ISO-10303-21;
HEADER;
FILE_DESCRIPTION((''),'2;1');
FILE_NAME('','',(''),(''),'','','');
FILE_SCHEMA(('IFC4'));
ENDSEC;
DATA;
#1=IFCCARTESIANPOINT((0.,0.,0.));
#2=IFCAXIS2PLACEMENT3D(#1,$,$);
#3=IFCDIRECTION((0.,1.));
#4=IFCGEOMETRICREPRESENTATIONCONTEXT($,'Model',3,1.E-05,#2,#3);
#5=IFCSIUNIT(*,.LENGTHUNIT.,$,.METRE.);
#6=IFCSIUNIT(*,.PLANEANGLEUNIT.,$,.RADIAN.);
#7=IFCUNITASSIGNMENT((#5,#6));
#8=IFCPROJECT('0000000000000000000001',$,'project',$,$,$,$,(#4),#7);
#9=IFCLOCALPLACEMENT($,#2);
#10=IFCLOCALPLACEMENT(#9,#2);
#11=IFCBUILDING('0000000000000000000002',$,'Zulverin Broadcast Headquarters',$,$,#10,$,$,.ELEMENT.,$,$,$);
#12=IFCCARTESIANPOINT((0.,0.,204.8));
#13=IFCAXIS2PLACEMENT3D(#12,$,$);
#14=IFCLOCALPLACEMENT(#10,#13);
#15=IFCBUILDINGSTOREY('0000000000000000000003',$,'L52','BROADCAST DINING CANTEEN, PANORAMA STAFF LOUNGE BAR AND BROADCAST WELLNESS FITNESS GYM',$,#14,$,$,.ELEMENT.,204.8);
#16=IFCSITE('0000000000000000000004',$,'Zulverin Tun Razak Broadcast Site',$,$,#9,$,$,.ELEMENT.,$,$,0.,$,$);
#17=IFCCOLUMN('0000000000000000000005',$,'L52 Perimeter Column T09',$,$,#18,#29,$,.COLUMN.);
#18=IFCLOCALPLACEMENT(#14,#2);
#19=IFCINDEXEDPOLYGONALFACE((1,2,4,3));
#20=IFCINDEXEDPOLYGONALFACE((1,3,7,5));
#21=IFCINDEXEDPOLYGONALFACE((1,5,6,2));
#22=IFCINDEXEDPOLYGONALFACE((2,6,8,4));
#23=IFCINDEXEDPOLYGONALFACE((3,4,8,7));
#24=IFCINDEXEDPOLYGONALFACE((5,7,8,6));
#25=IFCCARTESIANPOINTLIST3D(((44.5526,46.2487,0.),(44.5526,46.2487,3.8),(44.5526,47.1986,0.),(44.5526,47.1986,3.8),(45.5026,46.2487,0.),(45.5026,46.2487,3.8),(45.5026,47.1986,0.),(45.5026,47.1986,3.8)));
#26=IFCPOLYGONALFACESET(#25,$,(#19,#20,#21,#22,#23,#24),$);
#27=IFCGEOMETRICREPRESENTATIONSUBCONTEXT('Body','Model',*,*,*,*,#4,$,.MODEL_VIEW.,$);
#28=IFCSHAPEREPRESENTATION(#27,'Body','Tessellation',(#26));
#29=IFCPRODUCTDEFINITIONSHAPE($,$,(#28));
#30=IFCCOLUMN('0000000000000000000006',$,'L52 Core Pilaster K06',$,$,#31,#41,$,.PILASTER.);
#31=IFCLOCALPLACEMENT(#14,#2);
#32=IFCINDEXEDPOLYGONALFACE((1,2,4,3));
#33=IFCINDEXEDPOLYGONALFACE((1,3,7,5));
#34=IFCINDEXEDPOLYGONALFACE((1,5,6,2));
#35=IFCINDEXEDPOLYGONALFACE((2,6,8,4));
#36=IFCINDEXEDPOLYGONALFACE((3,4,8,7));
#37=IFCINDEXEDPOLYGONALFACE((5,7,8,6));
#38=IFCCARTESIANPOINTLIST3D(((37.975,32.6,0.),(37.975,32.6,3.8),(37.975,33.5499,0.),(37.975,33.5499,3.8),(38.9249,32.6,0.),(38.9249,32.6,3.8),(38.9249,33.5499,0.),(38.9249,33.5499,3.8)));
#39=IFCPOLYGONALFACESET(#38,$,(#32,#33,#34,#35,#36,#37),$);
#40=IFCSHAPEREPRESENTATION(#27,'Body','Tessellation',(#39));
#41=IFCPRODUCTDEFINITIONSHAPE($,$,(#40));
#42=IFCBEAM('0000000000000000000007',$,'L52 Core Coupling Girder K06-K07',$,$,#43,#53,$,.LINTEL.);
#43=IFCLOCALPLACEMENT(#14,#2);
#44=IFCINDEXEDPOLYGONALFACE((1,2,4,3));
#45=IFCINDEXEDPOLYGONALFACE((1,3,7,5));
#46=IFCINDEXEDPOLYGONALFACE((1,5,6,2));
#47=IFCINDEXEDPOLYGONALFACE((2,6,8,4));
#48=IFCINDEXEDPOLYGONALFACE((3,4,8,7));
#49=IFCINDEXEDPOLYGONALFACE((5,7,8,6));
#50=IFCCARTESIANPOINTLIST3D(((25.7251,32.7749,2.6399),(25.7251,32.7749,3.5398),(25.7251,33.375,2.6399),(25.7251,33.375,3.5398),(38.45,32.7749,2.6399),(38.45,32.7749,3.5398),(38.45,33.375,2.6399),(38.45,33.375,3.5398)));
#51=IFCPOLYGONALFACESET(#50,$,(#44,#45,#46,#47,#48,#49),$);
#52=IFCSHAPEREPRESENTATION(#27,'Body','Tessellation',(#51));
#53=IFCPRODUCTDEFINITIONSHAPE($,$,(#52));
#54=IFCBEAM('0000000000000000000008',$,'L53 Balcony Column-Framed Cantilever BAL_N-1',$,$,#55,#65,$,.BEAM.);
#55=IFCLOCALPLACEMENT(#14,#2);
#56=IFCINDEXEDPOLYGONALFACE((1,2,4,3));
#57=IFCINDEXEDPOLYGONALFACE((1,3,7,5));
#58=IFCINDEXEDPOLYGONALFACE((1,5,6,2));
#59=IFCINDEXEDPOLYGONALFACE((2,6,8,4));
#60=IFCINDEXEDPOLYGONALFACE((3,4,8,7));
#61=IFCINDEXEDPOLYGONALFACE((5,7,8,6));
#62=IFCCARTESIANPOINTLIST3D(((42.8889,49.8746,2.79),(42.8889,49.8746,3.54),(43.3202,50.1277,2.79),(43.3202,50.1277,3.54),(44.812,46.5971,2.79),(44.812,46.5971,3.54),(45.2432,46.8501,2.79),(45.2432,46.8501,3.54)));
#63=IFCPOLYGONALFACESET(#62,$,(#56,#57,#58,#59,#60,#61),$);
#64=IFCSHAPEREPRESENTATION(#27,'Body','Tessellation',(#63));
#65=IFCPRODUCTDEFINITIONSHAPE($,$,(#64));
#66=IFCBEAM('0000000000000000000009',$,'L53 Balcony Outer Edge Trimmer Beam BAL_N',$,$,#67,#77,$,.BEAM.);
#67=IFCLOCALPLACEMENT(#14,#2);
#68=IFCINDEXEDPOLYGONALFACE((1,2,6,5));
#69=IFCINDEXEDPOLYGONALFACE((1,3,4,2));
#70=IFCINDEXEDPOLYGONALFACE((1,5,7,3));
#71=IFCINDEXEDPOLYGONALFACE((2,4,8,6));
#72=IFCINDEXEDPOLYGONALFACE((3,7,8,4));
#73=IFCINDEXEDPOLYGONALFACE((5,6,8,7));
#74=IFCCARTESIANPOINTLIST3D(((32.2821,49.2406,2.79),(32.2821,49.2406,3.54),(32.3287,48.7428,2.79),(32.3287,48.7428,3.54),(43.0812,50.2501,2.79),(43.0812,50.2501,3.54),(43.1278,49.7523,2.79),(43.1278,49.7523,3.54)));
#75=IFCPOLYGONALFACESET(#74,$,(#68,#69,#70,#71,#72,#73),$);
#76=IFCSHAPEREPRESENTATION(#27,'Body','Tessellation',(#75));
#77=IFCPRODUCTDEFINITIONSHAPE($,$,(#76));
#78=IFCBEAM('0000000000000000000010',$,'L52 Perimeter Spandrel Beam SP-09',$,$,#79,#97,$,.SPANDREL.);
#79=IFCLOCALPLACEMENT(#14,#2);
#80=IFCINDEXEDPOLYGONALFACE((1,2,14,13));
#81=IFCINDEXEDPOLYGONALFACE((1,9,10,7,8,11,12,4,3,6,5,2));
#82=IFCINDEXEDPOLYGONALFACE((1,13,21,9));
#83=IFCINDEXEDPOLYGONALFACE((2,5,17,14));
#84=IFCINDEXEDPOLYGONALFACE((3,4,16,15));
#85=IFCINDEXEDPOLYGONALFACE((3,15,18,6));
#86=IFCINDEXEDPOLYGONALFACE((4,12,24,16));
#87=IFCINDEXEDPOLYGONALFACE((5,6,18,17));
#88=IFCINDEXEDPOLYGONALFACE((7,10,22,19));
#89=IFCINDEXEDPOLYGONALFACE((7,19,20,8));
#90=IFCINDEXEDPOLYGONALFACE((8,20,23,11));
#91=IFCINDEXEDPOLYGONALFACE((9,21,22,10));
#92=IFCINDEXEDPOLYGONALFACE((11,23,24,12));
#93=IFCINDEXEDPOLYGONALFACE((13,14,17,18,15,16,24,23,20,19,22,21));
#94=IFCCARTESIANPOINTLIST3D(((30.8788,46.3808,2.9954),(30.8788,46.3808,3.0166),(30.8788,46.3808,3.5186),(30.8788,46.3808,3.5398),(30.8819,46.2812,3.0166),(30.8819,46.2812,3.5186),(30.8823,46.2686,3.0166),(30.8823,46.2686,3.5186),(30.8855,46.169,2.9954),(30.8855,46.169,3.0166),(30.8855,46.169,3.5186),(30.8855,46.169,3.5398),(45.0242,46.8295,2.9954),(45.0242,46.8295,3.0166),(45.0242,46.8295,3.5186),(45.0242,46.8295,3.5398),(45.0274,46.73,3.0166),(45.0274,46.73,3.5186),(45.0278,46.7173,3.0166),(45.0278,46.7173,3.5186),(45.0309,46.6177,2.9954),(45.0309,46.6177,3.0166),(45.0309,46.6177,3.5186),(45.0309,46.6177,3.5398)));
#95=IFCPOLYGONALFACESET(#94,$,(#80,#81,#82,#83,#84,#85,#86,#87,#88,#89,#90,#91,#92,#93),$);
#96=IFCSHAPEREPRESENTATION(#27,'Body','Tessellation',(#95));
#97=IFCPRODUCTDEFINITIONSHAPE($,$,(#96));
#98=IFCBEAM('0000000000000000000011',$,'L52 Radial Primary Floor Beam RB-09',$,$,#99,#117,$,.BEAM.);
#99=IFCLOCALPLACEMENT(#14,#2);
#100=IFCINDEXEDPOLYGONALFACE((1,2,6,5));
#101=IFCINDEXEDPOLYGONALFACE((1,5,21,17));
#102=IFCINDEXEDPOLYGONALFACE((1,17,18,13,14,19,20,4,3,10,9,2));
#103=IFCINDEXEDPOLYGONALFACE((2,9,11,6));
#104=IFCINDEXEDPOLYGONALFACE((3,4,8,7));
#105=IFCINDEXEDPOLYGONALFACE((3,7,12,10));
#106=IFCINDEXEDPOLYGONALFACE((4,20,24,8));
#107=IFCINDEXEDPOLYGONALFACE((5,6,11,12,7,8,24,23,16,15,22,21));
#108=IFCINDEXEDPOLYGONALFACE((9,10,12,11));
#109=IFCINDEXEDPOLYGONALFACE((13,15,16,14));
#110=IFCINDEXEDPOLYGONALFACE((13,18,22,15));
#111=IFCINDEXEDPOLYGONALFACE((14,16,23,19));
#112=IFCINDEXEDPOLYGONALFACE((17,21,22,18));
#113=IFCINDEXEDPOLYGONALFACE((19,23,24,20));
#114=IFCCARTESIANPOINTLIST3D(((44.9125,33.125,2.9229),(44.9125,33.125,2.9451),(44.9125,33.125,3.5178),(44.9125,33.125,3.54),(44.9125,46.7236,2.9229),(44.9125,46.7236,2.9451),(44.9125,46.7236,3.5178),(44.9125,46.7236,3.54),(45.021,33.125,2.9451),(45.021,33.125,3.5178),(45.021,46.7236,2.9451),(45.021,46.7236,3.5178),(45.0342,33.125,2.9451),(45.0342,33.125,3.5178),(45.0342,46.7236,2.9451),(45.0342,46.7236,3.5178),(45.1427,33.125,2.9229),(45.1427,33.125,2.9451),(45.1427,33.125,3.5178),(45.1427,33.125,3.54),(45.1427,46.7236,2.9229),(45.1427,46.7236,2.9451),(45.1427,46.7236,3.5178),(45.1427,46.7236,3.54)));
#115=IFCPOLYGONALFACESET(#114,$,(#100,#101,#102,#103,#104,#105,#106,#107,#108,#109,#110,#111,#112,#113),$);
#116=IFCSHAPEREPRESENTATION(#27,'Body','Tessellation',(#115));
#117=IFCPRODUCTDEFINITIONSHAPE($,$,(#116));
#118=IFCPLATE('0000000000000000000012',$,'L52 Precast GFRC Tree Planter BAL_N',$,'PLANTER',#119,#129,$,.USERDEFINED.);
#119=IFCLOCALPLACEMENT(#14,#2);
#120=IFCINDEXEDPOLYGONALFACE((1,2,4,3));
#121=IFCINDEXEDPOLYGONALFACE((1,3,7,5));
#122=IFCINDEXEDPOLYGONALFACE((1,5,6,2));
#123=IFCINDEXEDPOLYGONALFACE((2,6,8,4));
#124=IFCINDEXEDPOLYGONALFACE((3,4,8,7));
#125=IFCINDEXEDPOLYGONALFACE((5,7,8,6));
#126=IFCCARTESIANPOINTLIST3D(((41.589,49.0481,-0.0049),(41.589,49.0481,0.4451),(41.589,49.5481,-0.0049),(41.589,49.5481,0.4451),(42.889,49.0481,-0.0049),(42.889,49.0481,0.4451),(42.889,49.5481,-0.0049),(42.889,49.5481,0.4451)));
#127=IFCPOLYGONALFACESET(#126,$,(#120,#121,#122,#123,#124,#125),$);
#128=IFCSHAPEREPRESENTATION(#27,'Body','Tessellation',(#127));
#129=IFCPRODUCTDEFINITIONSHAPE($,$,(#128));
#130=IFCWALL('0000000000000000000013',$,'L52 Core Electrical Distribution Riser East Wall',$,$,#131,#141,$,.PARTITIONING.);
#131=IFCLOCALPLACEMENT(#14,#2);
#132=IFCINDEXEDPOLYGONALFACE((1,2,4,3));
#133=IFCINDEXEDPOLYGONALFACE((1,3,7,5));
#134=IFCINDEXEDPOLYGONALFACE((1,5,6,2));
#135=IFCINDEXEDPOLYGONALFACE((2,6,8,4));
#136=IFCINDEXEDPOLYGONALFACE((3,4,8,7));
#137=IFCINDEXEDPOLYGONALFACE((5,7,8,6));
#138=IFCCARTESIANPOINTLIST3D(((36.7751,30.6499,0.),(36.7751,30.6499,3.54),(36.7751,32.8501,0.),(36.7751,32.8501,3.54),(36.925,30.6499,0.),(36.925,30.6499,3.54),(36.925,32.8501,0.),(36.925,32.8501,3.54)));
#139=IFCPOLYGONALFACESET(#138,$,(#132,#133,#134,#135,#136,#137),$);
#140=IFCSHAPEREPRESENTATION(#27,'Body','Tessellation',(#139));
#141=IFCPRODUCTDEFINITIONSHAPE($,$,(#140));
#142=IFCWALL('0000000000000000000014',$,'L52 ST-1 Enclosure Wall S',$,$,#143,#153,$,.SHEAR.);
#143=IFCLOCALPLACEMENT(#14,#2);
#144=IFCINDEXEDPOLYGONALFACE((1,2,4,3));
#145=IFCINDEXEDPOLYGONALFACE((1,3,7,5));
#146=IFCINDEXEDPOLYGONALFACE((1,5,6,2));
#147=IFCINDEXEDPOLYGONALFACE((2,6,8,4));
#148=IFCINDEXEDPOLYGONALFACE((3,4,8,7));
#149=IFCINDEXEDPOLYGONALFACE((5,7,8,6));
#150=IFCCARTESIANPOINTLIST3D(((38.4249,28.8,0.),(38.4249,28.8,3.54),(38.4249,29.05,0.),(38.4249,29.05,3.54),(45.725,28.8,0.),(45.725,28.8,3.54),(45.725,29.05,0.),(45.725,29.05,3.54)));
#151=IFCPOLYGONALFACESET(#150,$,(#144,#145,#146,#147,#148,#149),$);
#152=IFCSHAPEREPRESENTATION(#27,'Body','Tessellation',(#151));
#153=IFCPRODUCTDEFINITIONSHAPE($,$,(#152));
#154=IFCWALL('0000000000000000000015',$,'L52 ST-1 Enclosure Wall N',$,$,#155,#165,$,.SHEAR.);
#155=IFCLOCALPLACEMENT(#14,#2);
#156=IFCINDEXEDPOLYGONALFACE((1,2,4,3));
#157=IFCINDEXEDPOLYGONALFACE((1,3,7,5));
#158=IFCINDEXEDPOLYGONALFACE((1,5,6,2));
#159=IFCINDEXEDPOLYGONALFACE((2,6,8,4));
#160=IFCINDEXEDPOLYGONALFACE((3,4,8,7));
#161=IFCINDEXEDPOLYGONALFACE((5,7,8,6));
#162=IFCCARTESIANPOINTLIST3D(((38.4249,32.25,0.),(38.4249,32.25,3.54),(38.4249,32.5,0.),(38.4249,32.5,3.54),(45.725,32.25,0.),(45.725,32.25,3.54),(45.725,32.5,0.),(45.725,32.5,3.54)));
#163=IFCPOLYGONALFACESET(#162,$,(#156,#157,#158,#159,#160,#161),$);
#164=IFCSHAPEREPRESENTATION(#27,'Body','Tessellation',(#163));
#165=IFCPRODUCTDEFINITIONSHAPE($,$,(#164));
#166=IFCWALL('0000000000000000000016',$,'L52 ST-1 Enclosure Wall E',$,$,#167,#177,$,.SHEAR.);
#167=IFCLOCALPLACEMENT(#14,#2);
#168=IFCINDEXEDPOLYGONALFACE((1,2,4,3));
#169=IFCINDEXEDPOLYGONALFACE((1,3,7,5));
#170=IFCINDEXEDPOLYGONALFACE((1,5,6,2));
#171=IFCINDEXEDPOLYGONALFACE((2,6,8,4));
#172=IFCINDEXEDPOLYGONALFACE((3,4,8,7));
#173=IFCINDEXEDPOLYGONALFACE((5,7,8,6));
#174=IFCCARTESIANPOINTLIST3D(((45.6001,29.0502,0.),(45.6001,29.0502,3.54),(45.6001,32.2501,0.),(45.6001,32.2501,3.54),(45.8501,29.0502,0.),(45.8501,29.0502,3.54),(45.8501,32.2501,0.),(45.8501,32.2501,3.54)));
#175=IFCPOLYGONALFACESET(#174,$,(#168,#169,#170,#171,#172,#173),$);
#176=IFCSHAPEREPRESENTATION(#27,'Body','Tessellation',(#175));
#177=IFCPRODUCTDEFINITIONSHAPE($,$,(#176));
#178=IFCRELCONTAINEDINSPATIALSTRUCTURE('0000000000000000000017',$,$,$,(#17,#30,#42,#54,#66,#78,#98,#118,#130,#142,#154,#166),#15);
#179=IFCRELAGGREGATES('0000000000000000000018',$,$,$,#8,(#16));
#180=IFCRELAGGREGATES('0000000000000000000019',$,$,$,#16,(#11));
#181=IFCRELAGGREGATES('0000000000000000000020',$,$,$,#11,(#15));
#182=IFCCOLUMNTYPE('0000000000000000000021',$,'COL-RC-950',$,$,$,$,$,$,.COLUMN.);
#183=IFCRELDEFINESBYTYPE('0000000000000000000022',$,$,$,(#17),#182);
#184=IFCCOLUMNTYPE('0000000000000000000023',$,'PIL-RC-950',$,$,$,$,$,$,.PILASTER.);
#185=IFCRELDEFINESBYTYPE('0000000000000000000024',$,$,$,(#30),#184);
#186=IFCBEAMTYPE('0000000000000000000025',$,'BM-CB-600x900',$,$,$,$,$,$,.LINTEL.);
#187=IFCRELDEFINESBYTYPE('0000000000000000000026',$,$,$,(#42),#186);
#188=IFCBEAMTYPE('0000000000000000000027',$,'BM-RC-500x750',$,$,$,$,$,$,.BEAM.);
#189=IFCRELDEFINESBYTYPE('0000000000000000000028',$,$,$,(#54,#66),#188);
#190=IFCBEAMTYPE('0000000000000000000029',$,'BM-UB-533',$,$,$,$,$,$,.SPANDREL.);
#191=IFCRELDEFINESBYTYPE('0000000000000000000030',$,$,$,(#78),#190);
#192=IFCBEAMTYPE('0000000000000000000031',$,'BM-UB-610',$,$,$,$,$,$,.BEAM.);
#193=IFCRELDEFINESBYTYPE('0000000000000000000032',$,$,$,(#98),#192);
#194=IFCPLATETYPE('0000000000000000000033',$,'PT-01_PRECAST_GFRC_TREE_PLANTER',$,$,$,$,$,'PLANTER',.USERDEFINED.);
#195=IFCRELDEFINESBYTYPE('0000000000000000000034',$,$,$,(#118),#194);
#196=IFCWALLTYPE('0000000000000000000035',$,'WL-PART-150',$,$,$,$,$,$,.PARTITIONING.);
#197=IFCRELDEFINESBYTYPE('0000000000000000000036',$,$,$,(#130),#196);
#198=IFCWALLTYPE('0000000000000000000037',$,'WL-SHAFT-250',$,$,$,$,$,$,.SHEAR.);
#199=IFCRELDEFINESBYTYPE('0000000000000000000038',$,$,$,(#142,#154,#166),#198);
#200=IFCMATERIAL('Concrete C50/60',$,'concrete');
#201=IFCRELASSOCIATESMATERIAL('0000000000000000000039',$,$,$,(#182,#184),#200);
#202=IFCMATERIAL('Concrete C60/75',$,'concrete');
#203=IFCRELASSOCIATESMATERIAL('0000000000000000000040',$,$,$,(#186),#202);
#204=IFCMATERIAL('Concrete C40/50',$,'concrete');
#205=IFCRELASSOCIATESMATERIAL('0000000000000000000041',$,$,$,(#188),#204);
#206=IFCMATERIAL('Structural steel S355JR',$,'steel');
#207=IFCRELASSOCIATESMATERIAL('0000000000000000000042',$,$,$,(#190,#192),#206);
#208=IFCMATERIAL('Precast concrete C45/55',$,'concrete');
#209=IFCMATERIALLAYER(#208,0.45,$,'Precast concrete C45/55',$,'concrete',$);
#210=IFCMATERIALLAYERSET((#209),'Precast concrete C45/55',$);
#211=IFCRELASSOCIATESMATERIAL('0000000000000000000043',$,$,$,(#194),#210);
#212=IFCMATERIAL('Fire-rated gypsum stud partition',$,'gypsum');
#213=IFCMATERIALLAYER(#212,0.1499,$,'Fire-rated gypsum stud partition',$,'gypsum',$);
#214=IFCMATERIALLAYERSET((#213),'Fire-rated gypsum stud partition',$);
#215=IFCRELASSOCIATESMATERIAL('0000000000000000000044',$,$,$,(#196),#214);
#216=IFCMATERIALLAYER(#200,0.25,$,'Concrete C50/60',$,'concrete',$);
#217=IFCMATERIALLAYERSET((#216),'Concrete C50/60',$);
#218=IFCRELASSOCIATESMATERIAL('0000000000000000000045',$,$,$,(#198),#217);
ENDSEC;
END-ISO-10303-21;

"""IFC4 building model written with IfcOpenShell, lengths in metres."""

from ifc_helpers import new_model, si_unit, direction, frame, frame_2d, origin, origin_2d, place, context, subcontext, project, spatial, rectangle, i_section, extrude, material, layer, layer_set, material_profile, profile_set, type_object, element, save


model = new_model("IFC4")

# Units and contexts
model_context = context("Model", 3, precision=1e-05, world=origin(), true_north=direction((0.0, 1.0)))
body_context = subcontext(model_context, "Body", "Model", "MODEL_VIEW")
ifc_project = project(units=[si_unit("LENGTHUNIT", "METRE"), si_unit("PLANEANGLEUNIT", "RADIAN")], contexts=[model_context])

# Site, building, storey
site_placement = place(None, origin())
site = spatial("IfcSite", under=ifc_project, at=site_placement, Name="Zulverin Tun Razak Broadcast Site", CompositionType="ELEMENT", RefElevation=0.0)
building_placement = place(site_placement, origin())
building = spatial("IfcBuilding", under=site, at=building_placement, Name="Zulverin Broadcast Headquarters", CompositionType="ELEMENT")
storey_placement = place(building_placement, frame((0.0, 0.0, 204.8)))
storey = spatial("IfcBuildingStorey", under=building, at=storey_placement, Name="L52", Description="BROADCAST DINING CANTEEN, PANORAMA STAFF LOUNGE BAR AND BROADCAST WELLNESS FITNESS GYM", CompositionType="ELEMENT", Elevation=204.8)

# Columns
ifc_material_1 = material(Name="Concrete C50/60", Category="concrete")
ifc_material_profile_1 = material_profile(ifc_material_1, rectangle(XDim=0.95, YDim=0.95, at=origin_2d()), Name="Concrete C50/60", Category="concrete")
ifc_profile_set_1 = profile_set([ifc_material_profile_1], Name="Concrete C50/60")
column_type_1 = type_object("IfcColumnType", Name="COL-RC-950", PredefinedType="COLUMN", material=ifc_profile_set_1)
column_1_placement = place(storey_placement, frame((45.0276, 46.7236, 0.0), z_axis=(0.0, 0.0, 1.0), x_axis=(1.0, 0.0, 0.0)))
element("IfcColumn", 1, at=column_1_placement, inside=storey, type_object=column_type_1, Name="L52 Perimeter Column T09", PredefinedType="COLUMN", context=body_context, shape_type="SweptSolid", body=[
    extrude(rectangle(XDim=0.95, YDim=0.95, at=origin_2d()), origin(), (0.0, 0.0, 1.0), 3.8),
])
ifc_material_profile_2 = material_profile(ifc_material_1, rectangle(XDim=0.95, YDim=0.95, at=origin_2d()), Name="Concrete C50/60", Category="concrete")
ifc_profile_set_2 = profile_set([ifc_material_profile_2], Name="Concrete C50/60")
column_type_2 = type_object("IfcColumnType", Name="PIL-RC-950", PredefinedType="PILASTER", material=ifc_profile_set_2)
column_2_placement = place(storey_placement, frame((38.45, 33.075, 0.0), z_axis=(0.0, 0.0, 1.0), x_axis=(1.0, 0.0, 0.0)))
element("IfcColumn", 2, at=column_2_placement, inside=storey, type_object=column_type_2, Name="L52 Core Pilaster K06", PredefinedType="PILASTER", context=body_context, shape_type="SweptSolid", body=[
    extrude(rectangle(XDim=0.95, YDim=0.95, at=origin_2d()), origin(), (0.0, 0.0, 1.0), 3.8),
])

# Beams
ifc_material_2 = material(Name="Concrete C60/75", Category="concrete")
ifc_material_profile_3 = material_profile(ifc_material_2, rectangle(XDim=0.6001, YDim=0.8999, at=origin_2d()), Name="Concrete C60/75", Category="concrete")
ifc_profile_set_3 = profile_set([ifc_material_profile_3], Name="Concrete C60/75")
beam_type_1 = type_object("IfcBeamType", Name="BM-CB-600x900", PredefinedType="LINTEL", material=ifc_profile_set_3)
beam_1_placement = place(storey_placement, frame((38.45, 33.075, 3.0898), z_axis=(-1.0, 0.0, 0.0), x_axis=(0.0, -1.0, 0.0)))
element("IfcBeam", 3, at=beam_1_placement, inside=storey, type_object=beam_type_1, Name="L52 Core Coupling Girder K06-K07", PredefinedType="LINTEL", context=body_context, shape_type="SweptSolid", body=[
    extrude(rectangle(XDim=0.6001, YDim=0.8999, at=origin_2d()), origin(), (0.0, 0.0, 1.0), 12.7249),
])
ifc_material_3 = material(Name="Concrete C40/50", Category="concrete")
ifc_material_profile_4 = material_profile(ifc_material_3, rectangle(XDim=0.5, YDim=0.75, at=origin_2d()), Name="Concrete C40/50", Category="concrete")
ifc_profile_set_4 = profile_set([ifc_material_profile_4], Name="Concrete C40/50")
beam_type_2 = type_object("IfcBeamType", Name="BM-RC-500x750", PredefinedType="BEAM", material=ifc_profile_set_4)
beam_2_placement = place(storey_placement, frame((45.0276, 46.7236, 3.165), z_axis=(-0.506062, 0.862497, 0.0), x_axis=(-0.862497, -0.506062, 0.0)))
element("IfcBeam", 4, at=beam_2_placement, inside=storey, type_object=beam_type_2, Name="L53 Balcony Column-Framed Cantilever BAL_N-1", PredefinedType="BEAM", context=body_context, shape_type="SweptSolid", body=[
    extrude(rectangle(XDim=0.5, YDim=0.75, at=origin_2d()), origin(), (0.0, 0.0, 1.0), 3.8),
])
beam_3_placement = place(storey_placement, frame((43.1045, 50.0012, 3.165), z_axis=(-0.995659, -0.093076, 0.0), x_axis=(0.093076, -0.995659, 0.0)))
element("IfcBeam", 5, at=beam_3_placement, inside=storey, type_object=beam_type_2, Name="L53 Balcony Outer Edge Trimmer Beam BAL_N", PredefinedType="BEAM", context=body_context, shape_type="SweptSolid", body=[
    extrude(rectangle(XDim=0.5, YDim=0.75, at=origin_2d()), origin(), (0.0, 0.0, 1.0), 10.8462),
])
ifc_material_4 = material(Name="Structural steel S355JR", Category="steel")
ifc_material_profile_5 = material_profile(ifc_material_4, i_section(OverallWidth=0.2119, OverallDepth=0.5444, WebThickness=0.0127, FlangeThickness=0.0212, at=origin_2d()), Name="Structural steel S355JR", Category="steel")
ifc_profile_set_5 = profile_set([ifc_material_profile_5], Name="Structural steel S355JR")
beam_type_3 = type_object("IfcBeamType", Name="BM-UB-533", PredefinedType="SPANDREL", material=ifc_profile_set_5)
beam_4_placement = place(storey_placement, frame((45.0276, 46.7236, 3.2676), z_axis=(-0.999497, -0.031707, 0.0), x_axis=(0.031707, -0.999497, 0.0)))
element("IfcBeam", 6, at=beam_4_placement, inside=storey, type_object=beam_type_3, Name="L52 Perimeter Spandrel Beam SP-09", PredefinedType="SPANDREL", context=body_context, shape_type="SweptSolid", body=[
    extrude(i_section(OverallWidth=0.2119, OverallDepth=0.5444, WebThickness=0.0127, FlangeThickness=0.0212, at=origin_2d()), origin(), (0.0, 0.0, 1.0), 14.1526),
])
ifc_material_profile_6 = material_profile(ifc_material_4, i_section(OverallWidth=0.2302, OverallDepth=0.6172, WebThickness=0.0132, FlangeThickness=0.0222, at=origin_2d()), Name="Structural steel S355JR", Category="steel")
ifc_profile_set_6 = profile_set([ifc_material_profile_6], Name="Structural steel S355JR")
beam_type_4 = type_object("IfcBeamType", Name="BM-UB-610", PredefinedType="BEAM", material=ifc_profile_set_6)
beam_5_placement = place(storey_placement, frame((45.0276, 33.125, 3.2314), z_axis=(0.0, 1.0, 0.0), x_axis=(-1.0, 0.0, 0.0)))
element("IfcBeam", 7, at=beam_5_placement, inside=storey, type_object=beam_type_4, Name="L52 Radial Primary Floor Beam RB-09", PredefinedType="BEAM", context=body_context, shape_type="SweptSolid", body=[
    extrude(i_section(OverallWidth=0.2302, OverallDepth=0.6172, WebThickness=0.0132, FlangeThickness=0.0222, at=origin_2d()), origin(), (0.0, 0.0, 1.0), 13.5986),
])

# Plate
ifc_material_5 = material(Name="Precast concrete C45/55", Category="concrete")
ifc_layer_1 = layer(ifc_material_5, 0.45, Name="Precast concrete C45/55", Category="concrete")
ifc_layer_set_1 = layer_set([ifc_layer_1], Name="Precast concrete C45/55")
plate_type = type_object("IfcPlateType", Name="PT-01_PRECAST_GFRC_TREE_PLANTER", ElementType="PLANTER", PredefinedType="USERDEFINED", material=ifc_layer_set_1)
plate_placement = place(storey_placement, frame((42.239, 49.2981, -0.0049), z_axis=(0.0, 0.0, 1.0), x_axis=(1.0, 0.0, 0.0)))
element("IfcPlate", 8, at=plate_placement, inside=storey, type_object=plate_type, Name="L52 Precast GFRC Tree Planter BAL_N", ObjectType="PLANTER", PredefinedType="USERDEFINED", context=body_context, shape_type="SweptSolid", body=[
    extrude(rectangle(XDim=1.3, YDim=0.5, at=origin_2d()), origin(), (0.0, 0.0, 1.0), 0.45),
])

# Walls
ifc_material_6 = material(Name="Fire-rated gypsum stud partition", Category="gypsum")
ifc_layer_2 = layer(ifc_material_6, 0.1499, Name="Fire-rated gypsum stud partition", Category="gypsum")
ifc_layer_set_2 = layer_set([ifc_layer_2], Name="Fire-rated gypsum stud partition")
wall_type_1 = type_object("IfcWallType", Name="WL-PART-150", PredefinedType="PARTITIONING", material=ifc_layer_set_2)
wall_1_placement = place(storey_placement, frame((36.8501, 30.6499, 0.0), z_axis=(0.0, 0.0, 1.0), x_axis=(0.0, 1.0, 0.0)))
element("IfcWall", 9, at=wall_1_placement, inside=storey, type_object=wall_type_1, Name="L52 Core Electrical Distribution Riser East Wall", PredefinedType="PARTITIONING", context=body_context, shape_type="SweptSolid", body=[
    extrude(rectangle(XDim=2.2002, YDim=0.1499, at=frame_2d((1.1001, 0.0))), origin(), (0.0, 0.0, 1.0), 3.54),
])
ifc_layer_3 = layer(ifc_material_1, 0.25, Name="Concrete C50/60", Category="concrete")
ifc_layer_set_3 = layer_set([ifc_layer_3], Name="Concrete C50/60")
wall_type_2 = type_object("IfcWallType", Name="WL-SHAFT-250", PredefinedType="SHEAR", material=ifc_layer_set_3)
for number, where, z_axis, x_axis, name in (
    (10, (38.425, 28.925, 0.0), (0.0, 0.0, 1.0), (1.0, 0.0, 0.0), "L52 ST-1 Enclosure Wall S"),
    (11, (38.425, 32.375, 0.0), (0.0, 0.0, 1.0), (1.0, 0.0, 0.0), "L52 ST-1 Enclosure Wall N"),
):
    element("IfcWall", number, at=place(storey_placement, frame(where, z_axis=z_axis, x_axis=x_axis)), inside=storey, type_object=wall_type_2, Name=name, PredefinedType="SHEAR", context=body_context, shape_type="SweptSolid", body=[
        extrude(rectangle(XDim=7.3, YDim=0.25, at=frame_2d((3.6499, 0.0))), origin(), (0.0, 0.0, 1.0), 3.54),
    ])

# Wall
wall_2_placement = place(storey_placement, frame((45.7251, 29.05, 0.0), z_axis=(0.0, 0.0, 1.0), x_axis=(0.0, 1.0, 0.0)))
element("IfcWall", 12, at=wall_2_placement, inside=storey, type_object=wall_type_2, Name="L52 ST-1 Enclosure Wall E", PredefinedType="SHEAR", context=body_context, shape_type="SweptSolid", body=[
    extrude(rectangle(XDim=3.2, YDim=0.25, at=frame_2d((1.6001, 0.0))), origin(), (0.0, 0.0, 1.0), 3.54),
])

save(model, "model.ifc")
